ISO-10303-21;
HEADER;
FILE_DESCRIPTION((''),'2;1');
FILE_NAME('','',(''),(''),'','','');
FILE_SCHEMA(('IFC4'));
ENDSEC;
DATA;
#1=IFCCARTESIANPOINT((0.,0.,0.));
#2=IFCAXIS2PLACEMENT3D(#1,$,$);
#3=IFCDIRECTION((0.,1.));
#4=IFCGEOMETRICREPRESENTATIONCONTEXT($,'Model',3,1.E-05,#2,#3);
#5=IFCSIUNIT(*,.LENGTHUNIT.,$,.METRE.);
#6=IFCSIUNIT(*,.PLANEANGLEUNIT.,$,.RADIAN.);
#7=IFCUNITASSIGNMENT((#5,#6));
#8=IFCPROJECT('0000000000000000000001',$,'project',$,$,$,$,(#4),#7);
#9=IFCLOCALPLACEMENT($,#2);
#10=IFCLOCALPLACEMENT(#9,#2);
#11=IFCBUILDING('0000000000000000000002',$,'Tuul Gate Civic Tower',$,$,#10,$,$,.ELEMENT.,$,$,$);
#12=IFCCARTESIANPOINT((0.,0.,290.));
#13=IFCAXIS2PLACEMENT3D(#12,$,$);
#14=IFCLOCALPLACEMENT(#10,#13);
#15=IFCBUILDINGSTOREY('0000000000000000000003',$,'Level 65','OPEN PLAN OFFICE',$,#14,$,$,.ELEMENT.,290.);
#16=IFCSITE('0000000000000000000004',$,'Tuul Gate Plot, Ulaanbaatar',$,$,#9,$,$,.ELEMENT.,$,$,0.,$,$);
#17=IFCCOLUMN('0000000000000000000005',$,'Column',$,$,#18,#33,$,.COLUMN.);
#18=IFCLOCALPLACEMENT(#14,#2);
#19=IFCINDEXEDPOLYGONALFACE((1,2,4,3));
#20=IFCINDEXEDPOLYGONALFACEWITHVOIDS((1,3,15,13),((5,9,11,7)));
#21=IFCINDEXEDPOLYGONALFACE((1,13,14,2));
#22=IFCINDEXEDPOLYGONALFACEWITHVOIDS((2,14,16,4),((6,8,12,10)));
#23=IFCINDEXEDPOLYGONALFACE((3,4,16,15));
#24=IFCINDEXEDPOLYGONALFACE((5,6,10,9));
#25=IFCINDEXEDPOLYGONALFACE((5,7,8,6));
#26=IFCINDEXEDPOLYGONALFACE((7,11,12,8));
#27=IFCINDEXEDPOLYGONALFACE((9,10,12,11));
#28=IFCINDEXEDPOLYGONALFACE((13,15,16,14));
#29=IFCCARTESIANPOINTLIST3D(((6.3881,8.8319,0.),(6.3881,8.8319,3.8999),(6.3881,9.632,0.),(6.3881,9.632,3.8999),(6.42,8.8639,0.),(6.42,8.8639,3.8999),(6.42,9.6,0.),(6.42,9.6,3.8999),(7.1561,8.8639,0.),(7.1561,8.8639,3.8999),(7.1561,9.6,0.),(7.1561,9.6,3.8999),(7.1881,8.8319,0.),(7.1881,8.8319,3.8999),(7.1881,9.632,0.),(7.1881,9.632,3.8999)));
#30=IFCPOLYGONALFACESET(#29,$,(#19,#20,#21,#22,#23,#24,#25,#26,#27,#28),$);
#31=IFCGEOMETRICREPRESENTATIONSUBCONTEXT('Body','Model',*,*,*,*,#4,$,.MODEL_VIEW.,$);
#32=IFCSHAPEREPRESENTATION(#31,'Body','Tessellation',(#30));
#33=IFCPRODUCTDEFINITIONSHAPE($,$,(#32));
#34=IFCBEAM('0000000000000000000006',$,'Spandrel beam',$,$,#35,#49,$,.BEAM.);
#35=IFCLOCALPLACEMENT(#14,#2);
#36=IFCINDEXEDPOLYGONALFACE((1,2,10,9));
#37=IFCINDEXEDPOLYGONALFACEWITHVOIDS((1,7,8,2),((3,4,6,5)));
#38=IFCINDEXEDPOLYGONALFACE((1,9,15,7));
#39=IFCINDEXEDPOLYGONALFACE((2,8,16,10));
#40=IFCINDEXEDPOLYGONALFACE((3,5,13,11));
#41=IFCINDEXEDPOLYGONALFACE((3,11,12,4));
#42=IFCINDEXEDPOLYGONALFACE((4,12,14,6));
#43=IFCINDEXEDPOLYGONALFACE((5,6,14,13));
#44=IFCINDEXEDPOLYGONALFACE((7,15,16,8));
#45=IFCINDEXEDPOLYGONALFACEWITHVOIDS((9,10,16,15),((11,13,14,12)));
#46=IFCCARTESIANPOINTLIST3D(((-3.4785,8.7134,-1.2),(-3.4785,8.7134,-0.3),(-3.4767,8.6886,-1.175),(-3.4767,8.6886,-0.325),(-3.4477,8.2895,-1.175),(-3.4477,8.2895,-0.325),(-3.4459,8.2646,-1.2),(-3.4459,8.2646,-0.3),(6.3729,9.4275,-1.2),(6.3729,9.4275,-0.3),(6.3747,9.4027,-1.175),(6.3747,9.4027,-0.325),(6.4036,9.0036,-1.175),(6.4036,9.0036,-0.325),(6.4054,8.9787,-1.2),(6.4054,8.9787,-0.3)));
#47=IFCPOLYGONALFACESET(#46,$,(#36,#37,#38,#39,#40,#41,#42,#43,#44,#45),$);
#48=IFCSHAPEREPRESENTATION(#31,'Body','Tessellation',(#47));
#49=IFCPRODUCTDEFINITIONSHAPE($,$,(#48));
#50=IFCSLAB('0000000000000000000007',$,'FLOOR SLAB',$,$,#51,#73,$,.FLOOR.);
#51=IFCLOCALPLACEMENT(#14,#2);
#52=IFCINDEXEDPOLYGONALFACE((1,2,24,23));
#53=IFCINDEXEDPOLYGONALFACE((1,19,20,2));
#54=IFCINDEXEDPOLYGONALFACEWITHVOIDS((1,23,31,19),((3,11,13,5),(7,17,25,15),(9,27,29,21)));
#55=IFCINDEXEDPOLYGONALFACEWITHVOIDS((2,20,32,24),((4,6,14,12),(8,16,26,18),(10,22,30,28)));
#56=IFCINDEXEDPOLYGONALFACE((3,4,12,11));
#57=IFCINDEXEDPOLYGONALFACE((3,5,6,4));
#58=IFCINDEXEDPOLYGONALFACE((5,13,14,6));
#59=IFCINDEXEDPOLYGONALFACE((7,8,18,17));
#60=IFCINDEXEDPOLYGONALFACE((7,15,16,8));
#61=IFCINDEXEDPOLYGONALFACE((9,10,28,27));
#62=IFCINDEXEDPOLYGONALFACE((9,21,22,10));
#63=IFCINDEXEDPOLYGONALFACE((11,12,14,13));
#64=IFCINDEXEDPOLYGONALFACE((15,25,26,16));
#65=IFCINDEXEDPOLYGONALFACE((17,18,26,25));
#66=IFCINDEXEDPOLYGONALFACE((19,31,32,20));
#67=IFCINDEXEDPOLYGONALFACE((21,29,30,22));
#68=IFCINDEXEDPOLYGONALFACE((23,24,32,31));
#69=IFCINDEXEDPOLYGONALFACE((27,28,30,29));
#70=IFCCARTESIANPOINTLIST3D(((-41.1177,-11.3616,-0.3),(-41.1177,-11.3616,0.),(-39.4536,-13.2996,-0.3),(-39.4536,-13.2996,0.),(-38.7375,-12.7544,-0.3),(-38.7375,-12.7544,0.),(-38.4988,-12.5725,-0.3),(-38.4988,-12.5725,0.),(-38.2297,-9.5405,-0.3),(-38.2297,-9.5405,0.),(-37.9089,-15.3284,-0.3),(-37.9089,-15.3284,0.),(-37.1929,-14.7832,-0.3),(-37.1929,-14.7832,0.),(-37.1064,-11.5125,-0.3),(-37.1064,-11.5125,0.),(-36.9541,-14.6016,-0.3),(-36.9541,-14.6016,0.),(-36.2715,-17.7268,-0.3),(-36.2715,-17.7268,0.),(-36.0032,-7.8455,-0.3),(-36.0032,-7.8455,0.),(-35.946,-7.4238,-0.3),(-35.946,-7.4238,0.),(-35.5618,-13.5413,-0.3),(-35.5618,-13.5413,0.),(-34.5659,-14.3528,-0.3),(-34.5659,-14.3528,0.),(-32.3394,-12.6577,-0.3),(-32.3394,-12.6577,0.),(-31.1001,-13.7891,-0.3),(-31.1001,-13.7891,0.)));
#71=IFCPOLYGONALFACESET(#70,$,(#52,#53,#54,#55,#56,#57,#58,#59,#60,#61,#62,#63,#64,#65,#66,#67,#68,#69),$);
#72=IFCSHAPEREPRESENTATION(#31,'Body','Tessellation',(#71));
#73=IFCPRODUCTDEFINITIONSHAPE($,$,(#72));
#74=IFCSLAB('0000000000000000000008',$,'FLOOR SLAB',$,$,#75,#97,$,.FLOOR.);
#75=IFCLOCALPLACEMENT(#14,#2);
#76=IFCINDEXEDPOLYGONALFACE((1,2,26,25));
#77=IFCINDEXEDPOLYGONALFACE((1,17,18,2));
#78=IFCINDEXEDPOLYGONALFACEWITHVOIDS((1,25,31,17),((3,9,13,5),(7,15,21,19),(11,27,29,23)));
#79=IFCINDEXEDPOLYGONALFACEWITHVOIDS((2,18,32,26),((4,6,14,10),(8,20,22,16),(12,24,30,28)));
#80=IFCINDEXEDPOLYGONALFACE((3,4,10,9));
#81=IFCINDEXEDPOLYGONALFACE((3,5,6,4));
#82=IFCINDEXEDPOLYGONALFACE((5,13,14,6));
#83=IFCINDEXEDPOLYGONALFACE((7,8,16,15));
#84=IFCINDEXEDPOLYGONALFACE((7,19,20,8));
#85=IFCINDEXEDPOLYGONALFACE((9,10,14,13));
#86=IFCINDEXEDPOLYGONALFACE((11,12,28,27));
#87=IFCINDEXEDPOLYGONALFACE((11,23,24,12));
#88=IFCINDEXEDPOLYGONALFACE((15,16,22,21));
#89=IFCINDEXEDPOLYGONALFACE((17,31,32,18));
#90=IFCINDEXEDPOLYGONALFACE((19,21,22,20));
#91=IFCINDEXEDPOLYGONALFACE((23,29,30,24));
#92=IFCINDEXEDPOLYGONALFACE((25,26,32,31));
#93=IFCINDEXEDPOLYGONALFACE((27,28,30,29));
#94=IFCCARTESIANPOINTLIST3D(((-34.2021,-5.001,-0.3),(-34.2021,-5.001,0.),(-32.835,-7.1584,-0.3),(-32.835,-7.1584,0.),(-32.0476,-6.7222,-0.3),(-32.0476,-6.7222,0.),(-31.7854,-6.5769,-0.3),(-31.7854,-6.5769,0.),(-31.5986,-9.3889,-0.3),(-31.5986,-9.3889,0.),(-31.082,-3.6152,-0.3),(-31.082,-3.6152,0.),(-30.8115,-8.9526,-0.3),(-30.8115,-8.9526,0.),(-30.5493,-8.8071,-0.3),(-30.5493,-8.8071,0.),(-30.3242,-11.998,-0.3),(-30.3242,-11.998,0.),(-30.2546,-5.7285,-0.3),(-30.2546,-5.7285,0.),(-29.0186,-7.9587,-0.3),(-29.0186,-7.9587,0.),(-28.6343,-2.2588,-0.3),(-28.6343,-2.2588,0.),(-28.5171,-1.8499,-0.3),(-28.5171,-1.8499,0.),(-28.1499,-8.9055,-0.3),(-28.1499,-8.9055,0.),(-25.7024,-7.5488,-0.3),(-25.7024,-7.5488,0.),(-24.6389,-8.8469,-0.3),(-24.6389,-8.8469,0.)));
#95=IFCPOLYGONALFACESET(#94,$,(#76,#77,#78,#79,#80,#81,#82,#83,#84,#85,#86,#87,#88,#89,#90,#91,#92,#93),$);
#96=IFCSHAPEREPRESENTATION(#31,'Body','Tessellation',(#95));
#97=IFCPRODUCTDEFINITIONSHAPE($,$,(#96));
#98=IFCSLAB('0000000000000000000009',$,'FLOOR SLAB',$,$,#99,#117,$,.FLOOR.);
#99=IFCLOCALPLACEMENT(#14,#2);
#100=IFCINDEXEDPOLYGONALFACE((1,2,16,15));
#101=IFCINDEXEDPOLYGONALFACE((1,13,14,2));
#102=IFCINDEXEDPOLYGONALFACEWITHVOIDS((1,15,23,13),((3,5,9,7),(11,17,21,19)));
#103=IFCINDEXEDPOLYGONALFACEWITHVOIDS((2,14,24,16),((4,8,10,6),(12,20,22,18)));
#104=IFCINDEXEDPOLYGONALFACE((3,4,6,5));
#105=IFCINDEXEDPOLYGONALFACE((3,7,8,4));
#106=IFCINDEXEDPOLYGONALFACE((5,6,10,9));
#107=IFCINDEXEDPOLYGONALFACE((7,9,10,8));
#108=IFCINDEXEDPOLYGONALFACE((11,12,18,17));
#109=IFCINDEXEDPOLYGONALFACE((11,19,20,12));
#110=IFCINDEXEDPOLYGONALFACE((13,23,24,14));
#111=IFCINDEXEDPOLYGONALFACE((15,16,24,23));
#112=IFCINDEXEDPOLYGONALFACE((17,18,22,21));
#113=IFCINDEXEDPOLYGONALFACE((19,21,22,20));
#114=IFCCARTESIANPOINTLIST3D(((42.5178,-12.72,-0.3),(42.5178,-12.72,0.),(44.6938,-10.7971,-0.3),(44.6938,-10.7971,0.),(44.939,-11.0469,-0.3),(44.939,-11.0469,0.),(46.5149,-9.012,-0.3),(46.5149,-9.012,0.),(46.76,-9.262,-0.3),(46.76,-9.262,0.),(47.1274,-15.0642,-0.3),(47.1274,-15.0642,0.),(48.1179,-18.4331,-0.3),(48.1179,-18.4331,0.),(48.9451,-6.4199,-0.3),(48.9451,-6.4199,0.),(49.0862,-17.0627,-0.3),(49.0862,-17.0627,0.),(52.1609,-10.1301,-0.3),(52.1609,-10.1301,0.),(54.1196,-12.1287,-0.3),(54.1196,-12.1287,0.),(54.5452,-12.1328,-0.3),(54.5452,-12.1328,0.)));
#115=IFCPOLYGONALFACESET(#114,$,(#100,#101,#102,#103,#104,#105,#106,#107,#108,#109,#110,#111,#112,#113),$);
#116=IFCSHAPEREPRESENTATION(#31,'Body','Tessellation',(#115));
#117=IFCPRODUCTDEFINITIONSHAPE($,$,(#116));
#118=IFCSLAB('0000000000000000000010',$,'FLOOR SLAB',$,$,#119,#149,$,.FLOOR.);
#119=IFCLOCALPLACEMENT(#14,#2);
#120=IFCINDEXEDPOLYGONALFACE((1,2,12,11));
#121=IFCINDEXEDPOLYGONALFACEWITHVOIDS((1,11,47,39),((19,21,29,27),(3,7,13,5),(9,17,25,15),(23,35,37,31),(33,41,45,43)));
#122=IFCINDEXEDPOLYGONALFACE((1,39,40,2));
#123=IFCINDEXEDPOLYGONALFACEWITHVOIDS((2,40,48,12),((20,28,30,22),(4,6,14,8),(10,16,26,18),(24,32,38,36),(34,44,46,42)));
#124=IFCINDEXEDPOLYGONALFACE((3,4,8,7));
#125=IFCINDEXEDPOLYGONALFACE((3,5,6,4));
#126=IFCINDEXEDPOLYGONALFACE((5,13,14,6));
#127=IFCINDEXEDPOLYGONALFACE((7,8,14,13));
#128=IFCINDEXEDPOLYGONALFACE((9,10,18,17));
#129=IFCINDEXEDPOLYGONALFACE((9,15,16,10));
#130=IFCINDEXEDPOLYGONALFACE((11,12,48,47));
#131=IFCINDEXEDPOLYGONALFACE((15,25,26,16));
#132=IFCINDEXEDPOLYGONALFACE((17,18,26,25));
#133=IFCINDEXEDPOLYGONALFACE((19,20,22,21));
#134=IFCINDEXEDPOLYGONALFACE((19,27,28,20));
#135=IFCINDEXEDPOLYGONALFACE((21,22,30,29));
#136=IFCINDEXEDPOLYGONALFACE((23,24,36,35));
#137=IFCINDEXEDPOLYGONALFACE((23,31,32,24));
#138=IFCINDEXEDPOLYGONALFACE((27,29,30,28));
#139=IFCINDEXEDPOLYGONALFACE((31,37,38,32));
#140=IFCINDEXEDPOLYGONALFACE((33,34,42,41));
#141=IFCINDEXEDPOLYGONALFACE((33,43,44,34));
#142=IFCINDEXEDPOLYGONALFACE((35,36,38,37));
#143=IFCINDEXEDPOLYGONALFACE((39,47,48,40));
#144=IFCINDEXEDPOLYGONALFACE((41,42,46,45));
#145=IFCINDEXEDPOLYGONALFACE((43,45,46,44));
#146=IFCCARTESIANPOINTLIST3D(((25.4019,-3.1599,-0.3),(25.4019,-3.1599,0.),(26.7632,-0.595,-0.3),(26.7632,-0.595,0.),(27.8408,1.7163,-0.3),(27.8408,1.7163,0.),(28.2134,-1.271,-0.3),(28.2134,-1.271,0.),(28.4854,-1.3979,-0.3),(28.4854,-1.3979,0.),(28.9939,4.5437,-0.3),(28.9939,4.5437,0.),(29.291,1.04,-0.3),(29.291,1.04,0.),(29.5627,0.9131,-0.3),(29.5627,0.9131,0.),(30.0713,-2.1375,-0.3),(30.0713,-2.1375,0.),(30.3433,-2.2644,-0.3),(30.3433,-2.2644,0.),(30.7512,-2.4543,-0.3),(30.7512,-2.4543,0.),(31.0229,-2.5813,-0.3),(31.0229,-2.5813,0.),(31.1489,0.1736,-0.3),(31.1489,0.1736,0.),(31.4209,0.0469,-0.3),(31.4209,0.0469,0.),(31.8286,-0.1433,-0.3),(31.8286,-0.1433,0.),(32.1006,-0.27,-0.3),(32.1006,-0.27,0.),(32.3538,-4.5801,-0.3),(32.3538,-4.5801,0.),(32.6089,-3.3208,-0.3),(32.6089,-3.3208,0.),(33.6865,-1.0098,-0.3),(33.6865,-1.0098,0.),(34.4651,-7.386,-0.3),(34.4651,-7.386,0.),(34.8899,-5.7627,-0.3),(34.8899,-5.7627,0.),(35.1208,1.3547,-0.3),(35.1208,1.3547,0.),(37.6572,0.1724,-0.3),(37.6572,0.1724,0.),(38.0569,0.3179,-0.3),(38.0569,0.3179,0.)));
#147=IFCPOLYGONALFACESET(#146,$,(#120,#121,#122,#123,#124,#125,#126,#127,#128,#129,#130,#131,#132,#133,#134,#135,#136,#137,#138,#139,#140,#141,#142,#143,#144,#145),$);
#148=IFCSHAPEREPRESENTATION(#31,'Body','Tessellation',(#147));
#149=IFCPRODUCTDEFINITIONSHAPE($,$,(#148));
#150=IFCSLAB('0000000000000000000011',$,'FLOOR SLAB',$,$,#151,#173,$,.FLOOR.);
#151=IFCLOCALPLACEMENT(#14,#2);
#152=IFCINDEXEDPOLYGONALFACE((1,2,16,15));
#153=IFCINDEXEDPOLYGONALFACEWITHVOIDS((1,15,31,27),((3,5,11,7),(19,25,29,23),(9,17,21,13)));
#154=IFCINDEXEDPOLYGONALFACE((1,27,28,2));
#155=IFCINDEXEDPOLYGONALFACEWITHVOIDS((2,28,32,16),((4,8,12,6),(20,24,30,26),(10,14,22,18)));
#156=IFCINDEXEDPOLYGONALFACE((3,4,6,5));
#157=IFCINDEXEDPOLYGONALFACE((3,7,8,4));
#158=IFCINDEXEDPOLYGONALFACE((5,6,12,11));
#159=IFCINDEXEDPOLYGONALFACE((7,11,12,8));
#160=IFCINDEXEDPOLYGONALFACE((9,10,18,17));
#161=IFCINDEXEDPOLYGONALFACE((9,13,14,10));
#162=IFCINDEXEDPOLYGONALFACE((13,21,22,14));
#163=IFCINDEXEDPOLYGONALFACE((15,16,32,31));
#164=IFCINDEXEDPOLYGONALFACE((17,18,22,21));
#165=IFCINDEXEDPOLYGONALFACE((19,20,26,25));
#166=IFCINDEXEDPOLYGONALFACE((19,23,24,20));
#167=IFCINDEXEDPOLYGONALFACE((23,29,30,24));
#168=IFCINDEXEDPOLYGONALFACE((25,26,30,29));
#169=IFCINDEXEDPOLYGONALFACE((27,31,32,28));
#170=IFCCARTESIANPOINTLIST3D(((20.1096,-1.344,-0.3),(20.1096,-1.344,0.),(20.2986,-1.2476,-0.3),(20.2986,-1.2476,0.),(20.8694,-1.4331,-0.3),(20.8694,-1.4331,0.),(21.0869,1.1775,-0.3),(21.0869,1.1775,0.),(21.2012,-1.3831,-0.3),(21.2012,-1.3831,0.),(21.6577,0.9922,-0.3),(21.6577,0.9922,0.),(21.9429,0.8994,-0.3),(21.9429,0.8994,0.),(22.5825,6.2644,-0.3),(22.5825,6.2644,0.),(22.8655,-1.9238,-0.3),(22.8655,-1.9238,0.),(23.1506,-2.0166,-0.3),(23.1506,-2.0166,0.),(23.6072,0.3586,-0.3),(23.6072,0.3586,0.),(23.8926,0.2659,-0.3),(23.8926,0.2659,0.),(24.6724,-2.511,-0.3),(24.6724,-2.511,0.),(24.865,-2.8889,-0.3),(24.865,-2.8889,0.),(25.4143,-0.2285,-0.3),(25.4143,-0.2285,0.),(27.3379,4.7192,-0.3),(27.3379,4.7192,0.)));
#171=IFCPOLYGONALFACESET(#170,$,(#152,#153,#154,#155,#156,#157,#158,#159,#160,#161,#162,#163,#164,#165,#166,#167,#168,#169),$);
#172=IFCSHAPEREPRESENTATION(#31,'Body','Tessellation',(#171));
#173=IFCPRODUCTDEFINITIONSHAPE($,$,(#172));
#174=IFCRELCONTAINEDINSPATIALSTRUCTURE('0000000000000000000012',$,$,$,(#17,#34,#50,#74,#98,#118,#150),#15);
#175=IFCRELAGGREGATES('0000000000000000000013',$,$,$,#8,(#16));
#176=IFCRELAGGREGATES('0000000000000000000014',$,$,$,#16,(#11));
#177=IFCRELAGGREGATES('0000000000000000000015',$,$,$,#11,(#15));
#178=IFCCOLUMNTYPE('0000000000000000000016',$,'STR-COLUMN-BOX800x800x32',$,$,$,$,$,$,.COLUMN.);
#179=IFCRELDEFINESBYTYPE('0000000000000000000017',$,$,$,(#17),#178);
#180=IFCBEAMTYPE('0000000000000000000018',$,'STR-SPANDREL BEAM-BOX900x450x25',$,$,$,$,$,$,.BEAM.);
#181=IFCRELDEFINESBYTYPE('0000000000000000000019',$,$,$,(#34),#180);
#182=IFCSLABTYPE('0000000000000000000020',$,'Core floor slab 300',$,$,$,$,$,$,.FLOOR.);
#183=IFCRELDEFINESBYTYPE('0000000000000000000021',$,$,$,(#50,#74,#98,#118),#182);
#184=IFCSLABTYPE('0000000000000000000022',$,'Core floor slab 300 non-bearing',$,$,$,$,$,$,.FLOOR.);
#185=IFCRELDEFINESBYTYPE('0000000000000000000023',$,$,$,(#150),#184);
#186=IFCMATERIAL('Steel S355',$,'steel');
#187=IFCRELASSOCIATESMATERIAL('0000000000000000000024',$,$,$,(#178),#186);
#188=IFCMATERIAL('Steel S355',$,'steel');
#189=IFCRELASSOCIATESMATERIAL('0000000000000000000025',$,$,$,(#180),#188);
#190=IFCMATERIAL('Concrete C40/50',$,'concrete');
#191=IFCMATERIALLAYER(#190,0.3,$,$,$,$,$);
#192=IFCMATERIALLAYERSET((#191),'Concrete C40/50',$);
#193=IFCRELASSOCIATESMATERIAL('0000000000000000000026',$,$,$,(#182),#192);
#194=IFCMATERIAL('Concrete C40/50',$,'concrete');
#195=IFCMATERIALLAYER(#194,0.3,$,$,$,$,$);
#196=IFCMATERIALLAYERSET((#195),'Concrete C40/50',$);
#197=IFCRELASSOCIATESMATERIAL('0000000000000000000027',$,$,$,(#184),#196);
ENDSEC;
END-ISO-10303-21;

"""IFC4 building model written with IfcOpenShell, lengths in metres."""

from ifc_helpers import new_model, si_unit, direction, frame, origin, origin_2d, place, context, subcontext, project, spatial, polyline, hollow_rectangle, outline, extrude, material, layer, layer_set, material_profile, profile_set, type_object, element, save


model = new_model("IFC4")

# Units and contexts
model_context = context("Model", 3, precision=1e-05, world=origin(), true_north=direction((0.0, 1.0)))
body_context = subcontext(model_context, "Body", "Model", "MODEL_VIEW")
ifc_project = project(units=[si_unit("LENGTHUNIT", "METRE"), si_unit("PLANEANGLEUNIT", "RADIAN")], contexts=[model_context])

# Site, building, storey
site_placement = place(None, origin())
site = spatial("IfcSite", under=ifc_project, at=site_placement, Name="Tuul Gate Plot, Ulaanbaatar", CompositionType="ELEMENT", RefElevation=0.0)
building_placement = place(site_placement, origin())
building = spatial("IfcBuilding", under=site, at=building_placement, Name="Tuul Gate Civic Tower", CompositionType="ELEMENT")
storey_placement = place(building_placement, frame((0.0, 0.0, 290.0)))
storey = spatial("IfcBuildingStorey", under=building, at=storey_placement, Name="Level 65", Description="OPEN PLAN OFFICE", CompositionType="ELEMENT", Elevation=290.0)

# Column
ifc_material_1 = material(Name="Steel S355", Category="steel")
ifc_material_profile_1 = material_profile(ifc_material_1, hollow_rectangle(XDim=0.8, YDim=0.8, WallThickness=0.032, at=origin_2d()), Name="BOX800x800x32")
ifc_profile_set_1 = profile_set([ifc_material_profile_1], Name="Steel S355")
column_type = type_object("IfcColumnType", Name="STR-COLUMN-BOX800x800x32", PredefinedType="COLUMN", material=ifc_profile_set_1)
column_placement = place(storey_placement, frame((6.7881, 9.2319, 0.0), z_axis=(0.0, 0.0, 1.0), x_axis=(1.0, 0.0, 0.0)))
element("IfcColumn", 1, at=column_placement, inside=storey, type_object=column_type, Name="Column", PredefinedType="COLUMN", context=body_context, shape_type="SweptSolid", body=[
    extrude(hollow_rectangle(XDim=0.8, YDim=0.8, WallThickness=0.032, at=origin_2d()), origin(), (0.0, 0.0, 1.0), 3.8999),
])

# Beam
ifc_material_2 = material(Name="Steel S355", Category="steel")
ifc_material_profile_2 = material_profile(ifc_material_2, hollow_rectangle(XDim=0.45, YDim=0.8999, WallThickness=0.0249, at=origin_2d()), Name="BOX900x450x25")
ifc_profile_set_2 = profile_set([ifc_material_profile_2], Name="Steel S355")
beam_type = type_object("IfcBeamType", Name="STR-SPANDREL BEAM-BOX900x450x25", PredefinedType="BEAM", material=ifc_profile_set_2)
beam_placement = place(storey_placement, frame((6.3892, 9.2031, -0.75), z_axis=(-0.997383, -0.072299, 0.0), x_axis=(0.072299, -0.997383, 0.0)))
element("IfcBeam", 2, at=beam_placement, inside=storey, type_object=beam_type, Name="Spandrel beam", PredefinedType="BEAM", context=body_context, shape_type="SweptSolid", body=[
    extrude(hollow_rectangle(XDim=0.45, YDim=0.8999, WallThickness=0.0249, at=origin_2d()), origin(), (0.0, 0.0, 1.0), 9.8772),
])

# Slabs
ifc_material_3 = material(Name="Concrete C40/50", Category="concrete")
ifc_layer_1 = layer(ifc_material_3, 0.3)
ifc_layer_set_1 = layer_set([ifc_layer_1], Name="Concrete C40/50")
slab_type_1 = type_object("IfcSlabType", Name="Core floor slab 300", PredefinedType="FLOOR", material=ifc_layer_set_1)
slab_1_placement = place(storey_placement, frame((0.0, 0.0, -0.3)))
element("IfcSlab", 3, at=slab_1_placement, inside=storey, type_object=slab_type_1, Name="FLOOR SLAB", PredefinedType="FLOOR", context=body_context, shape_type="SweptSolid", body=[
    extrude(outline(polyline([(-31.1001, -13.7891), (-35.946, -7.4238), (-41.1177, -11.3616), (-36.2715, -17.7268), (-31.1001, -13.7891)]), holes=[polyline([(-35.5618, -13.5413), (-37.1064, -11.5125), (-38.4988, -12.5725), (-36.9541, -14.6016), (-35.5618, -13.5413)]), polyline([(-37.1929, -14.7832), (-38.7375, -12.7544), (-39.4536, -13.2996), (-37.9089, -15.3284), (-37.1929, -14.7832)]), polyline([(-32.3394, -12.6577), (-34.5659, -14.3528), (-38.2297, -9.5405), (-36.0032, -7.8455), (-32.3394, -12.6577)])]), origin(), (0.0, 0.0, 1.0), 0.3),
])
slab_2_placement = place(storey_placement, frame((0.0, 0.0, -0.3)))
element("IfcSlab", 4, at=slab_2_placement, inside=storey, type_object=slab_type_1, Name="FLOOR SLAB", PredefinedType="FLOOR", context=body_context, shape_type="SweptSolid", body=[
    extrude(outline(polyline([(-24.6389, -8.8469), (-28.5171, -1.8499), (-34.2021, -5.001), (-30.3242, -11.998), (-24.6389, -8.8469)]), holes=[polyline([(-29.0186, -7.9587), (-30.2546, -5.7285), (-31.7854, -6.5769), (-30.5493, -8.8071), (-29.0186, -7.9587)]), polyline([(-30.8115, -8.9526), (-32.0476, -6.7222), (-32.835, -7.1584), (-31.5986, -9.3889), (-30.8115, -8.9526)]), polyline([(-25.7024, -7.5488), (-28.1499, -8.9055), (-31.082, -3.6152), (-28.6343, -2.2588), (-25.7024, -7.5488)])]), origin(), (0.0, 0.0, 1.0), 0.3),
])
slab_3_placement = place(storey_placement, frame((0.0, 0.0, -0.3)))
element("IfcSlab", 5, at=slab_3_placement, inside=storey, type_object=slab_type_1, Name="FLOOR SLAB", PredefinedType="FLOOR", context=body_context, shape_type="SweptSolid", body=[
    extrude(outline(polyline([(48.1179, -18.4331), (54.5452, -12.1328), (48.9451, -6.4199), (42.5178, -12.72), (48.1179, -18.4331)]), holes=[polyline([(44.939, -11.0469), (46.76, -9.262), (46.5149, -9.012), (44.6938, -10.7971), (44.939, -11.0469)]), polyline([(49.0862, -17.0627), (47.1274, -15.0642), (52.1609, -10.1301), (54.1196, -12.1287), (49.0862, -17.0627)])]), origin(), (0.0, 0.0, 1.0), 0.3),
])
slab_4_placement = place(storey_placement, frame((0.0, 0.0, -0.3)))
element("IfcSlab", 6, at=slab_4_placement, inside=storey, type_object=slab_type_1, Name="FLOOR SLAB", PredefinedType="FLOOR", context=body_context, shape_type="SweptSolid", body=[
    extrude(outline(polyline([(34.4651, -7.386), (38.0569, 0.3179), (28.9939, 4.5437), (25.4019, -3.1599), (34.4651, -7.386)]), holes=[polyline([(32.6089, -3.3208), (33.6865, -1.0098), (32.1006, -0.27), (31.0229, -2.5813), (32.6089, -3.3208)]), polyline([(30.0713, -2.1375), (31.1489, 0.1736), (29.5627, 0.9131), (28.4854, -1.3979), (30.0713, -2.1375)]), polyline([(30.7512, -2.4543), (31.8286, -0.1433), (31.4209, 0.0469), (30.3433, -2.2644), (30.7512, -2.4543)]), polyline([(28.2134, -1.271), (29.291, 1.04), (27.8408, 1.7163), (26.7632, -0.595), (28.2134, -1.271)]), polyline([(34.8899, -5.7627), (32.3538, -4.5801), (35.1208, 1.3547), (37.6572, 0.1724), (34.8899, -5.7627)])]), origin(), (0.0, 0.0, 1.0), 0.3),
])
ifc_material_4 = material(Name="Concrete C40/50", Category="concrete")
ifc_layer_2 = layer(ifc_material_4, 0.3)
ifc_layer_set_2 = layer_set([ifc_layer_2], Name="Concrete C40/50")
slab_type_2 = type_object("IfcSlabType", Name="Core floor slab 300 non-bearing", PredefinedType="FLOOR", material=ifc_layer_set_2)
slab_5_placement = place(storey_placement, frame((0.0, 0.0, -0.3)))
element("IfcSlab", 7, at=slab_5_placement, inside=storey, type_object=slab_type_2, Name="FLOOR SLAB", PredefinedType="FLOOR", context=body_context, shape_type="SweptSolid", body=[
    extrude(outline(polyline([(24.865, -2.8889), (27.3379, 4.7192), (22.5825, 6.2644), (20.1096, -1.344), (24.865, -2.8889)]), holes=[polyline([(24.6724, -2.511), (25.4143, -0.2285), (23.8926, 0.2659), (23.1506, -2.0166), (24.6724, -2.511)]), polyline([(22.8655, -1.9238), (23.6072, 0.3586), (21.9429, 0.8994), (21.2012, -1.3831), (22.8655, -1.9238)]), polyline([(20.8694, -1.4331), (21.6577, 0.9922), (21.0869, 1.1775), (20.2986, -1.2476), (20.8694, -1.4331)])]), origin(), (0.0, 0.0, 1.0), 0.3),
])

save(model, "model.ifc")
